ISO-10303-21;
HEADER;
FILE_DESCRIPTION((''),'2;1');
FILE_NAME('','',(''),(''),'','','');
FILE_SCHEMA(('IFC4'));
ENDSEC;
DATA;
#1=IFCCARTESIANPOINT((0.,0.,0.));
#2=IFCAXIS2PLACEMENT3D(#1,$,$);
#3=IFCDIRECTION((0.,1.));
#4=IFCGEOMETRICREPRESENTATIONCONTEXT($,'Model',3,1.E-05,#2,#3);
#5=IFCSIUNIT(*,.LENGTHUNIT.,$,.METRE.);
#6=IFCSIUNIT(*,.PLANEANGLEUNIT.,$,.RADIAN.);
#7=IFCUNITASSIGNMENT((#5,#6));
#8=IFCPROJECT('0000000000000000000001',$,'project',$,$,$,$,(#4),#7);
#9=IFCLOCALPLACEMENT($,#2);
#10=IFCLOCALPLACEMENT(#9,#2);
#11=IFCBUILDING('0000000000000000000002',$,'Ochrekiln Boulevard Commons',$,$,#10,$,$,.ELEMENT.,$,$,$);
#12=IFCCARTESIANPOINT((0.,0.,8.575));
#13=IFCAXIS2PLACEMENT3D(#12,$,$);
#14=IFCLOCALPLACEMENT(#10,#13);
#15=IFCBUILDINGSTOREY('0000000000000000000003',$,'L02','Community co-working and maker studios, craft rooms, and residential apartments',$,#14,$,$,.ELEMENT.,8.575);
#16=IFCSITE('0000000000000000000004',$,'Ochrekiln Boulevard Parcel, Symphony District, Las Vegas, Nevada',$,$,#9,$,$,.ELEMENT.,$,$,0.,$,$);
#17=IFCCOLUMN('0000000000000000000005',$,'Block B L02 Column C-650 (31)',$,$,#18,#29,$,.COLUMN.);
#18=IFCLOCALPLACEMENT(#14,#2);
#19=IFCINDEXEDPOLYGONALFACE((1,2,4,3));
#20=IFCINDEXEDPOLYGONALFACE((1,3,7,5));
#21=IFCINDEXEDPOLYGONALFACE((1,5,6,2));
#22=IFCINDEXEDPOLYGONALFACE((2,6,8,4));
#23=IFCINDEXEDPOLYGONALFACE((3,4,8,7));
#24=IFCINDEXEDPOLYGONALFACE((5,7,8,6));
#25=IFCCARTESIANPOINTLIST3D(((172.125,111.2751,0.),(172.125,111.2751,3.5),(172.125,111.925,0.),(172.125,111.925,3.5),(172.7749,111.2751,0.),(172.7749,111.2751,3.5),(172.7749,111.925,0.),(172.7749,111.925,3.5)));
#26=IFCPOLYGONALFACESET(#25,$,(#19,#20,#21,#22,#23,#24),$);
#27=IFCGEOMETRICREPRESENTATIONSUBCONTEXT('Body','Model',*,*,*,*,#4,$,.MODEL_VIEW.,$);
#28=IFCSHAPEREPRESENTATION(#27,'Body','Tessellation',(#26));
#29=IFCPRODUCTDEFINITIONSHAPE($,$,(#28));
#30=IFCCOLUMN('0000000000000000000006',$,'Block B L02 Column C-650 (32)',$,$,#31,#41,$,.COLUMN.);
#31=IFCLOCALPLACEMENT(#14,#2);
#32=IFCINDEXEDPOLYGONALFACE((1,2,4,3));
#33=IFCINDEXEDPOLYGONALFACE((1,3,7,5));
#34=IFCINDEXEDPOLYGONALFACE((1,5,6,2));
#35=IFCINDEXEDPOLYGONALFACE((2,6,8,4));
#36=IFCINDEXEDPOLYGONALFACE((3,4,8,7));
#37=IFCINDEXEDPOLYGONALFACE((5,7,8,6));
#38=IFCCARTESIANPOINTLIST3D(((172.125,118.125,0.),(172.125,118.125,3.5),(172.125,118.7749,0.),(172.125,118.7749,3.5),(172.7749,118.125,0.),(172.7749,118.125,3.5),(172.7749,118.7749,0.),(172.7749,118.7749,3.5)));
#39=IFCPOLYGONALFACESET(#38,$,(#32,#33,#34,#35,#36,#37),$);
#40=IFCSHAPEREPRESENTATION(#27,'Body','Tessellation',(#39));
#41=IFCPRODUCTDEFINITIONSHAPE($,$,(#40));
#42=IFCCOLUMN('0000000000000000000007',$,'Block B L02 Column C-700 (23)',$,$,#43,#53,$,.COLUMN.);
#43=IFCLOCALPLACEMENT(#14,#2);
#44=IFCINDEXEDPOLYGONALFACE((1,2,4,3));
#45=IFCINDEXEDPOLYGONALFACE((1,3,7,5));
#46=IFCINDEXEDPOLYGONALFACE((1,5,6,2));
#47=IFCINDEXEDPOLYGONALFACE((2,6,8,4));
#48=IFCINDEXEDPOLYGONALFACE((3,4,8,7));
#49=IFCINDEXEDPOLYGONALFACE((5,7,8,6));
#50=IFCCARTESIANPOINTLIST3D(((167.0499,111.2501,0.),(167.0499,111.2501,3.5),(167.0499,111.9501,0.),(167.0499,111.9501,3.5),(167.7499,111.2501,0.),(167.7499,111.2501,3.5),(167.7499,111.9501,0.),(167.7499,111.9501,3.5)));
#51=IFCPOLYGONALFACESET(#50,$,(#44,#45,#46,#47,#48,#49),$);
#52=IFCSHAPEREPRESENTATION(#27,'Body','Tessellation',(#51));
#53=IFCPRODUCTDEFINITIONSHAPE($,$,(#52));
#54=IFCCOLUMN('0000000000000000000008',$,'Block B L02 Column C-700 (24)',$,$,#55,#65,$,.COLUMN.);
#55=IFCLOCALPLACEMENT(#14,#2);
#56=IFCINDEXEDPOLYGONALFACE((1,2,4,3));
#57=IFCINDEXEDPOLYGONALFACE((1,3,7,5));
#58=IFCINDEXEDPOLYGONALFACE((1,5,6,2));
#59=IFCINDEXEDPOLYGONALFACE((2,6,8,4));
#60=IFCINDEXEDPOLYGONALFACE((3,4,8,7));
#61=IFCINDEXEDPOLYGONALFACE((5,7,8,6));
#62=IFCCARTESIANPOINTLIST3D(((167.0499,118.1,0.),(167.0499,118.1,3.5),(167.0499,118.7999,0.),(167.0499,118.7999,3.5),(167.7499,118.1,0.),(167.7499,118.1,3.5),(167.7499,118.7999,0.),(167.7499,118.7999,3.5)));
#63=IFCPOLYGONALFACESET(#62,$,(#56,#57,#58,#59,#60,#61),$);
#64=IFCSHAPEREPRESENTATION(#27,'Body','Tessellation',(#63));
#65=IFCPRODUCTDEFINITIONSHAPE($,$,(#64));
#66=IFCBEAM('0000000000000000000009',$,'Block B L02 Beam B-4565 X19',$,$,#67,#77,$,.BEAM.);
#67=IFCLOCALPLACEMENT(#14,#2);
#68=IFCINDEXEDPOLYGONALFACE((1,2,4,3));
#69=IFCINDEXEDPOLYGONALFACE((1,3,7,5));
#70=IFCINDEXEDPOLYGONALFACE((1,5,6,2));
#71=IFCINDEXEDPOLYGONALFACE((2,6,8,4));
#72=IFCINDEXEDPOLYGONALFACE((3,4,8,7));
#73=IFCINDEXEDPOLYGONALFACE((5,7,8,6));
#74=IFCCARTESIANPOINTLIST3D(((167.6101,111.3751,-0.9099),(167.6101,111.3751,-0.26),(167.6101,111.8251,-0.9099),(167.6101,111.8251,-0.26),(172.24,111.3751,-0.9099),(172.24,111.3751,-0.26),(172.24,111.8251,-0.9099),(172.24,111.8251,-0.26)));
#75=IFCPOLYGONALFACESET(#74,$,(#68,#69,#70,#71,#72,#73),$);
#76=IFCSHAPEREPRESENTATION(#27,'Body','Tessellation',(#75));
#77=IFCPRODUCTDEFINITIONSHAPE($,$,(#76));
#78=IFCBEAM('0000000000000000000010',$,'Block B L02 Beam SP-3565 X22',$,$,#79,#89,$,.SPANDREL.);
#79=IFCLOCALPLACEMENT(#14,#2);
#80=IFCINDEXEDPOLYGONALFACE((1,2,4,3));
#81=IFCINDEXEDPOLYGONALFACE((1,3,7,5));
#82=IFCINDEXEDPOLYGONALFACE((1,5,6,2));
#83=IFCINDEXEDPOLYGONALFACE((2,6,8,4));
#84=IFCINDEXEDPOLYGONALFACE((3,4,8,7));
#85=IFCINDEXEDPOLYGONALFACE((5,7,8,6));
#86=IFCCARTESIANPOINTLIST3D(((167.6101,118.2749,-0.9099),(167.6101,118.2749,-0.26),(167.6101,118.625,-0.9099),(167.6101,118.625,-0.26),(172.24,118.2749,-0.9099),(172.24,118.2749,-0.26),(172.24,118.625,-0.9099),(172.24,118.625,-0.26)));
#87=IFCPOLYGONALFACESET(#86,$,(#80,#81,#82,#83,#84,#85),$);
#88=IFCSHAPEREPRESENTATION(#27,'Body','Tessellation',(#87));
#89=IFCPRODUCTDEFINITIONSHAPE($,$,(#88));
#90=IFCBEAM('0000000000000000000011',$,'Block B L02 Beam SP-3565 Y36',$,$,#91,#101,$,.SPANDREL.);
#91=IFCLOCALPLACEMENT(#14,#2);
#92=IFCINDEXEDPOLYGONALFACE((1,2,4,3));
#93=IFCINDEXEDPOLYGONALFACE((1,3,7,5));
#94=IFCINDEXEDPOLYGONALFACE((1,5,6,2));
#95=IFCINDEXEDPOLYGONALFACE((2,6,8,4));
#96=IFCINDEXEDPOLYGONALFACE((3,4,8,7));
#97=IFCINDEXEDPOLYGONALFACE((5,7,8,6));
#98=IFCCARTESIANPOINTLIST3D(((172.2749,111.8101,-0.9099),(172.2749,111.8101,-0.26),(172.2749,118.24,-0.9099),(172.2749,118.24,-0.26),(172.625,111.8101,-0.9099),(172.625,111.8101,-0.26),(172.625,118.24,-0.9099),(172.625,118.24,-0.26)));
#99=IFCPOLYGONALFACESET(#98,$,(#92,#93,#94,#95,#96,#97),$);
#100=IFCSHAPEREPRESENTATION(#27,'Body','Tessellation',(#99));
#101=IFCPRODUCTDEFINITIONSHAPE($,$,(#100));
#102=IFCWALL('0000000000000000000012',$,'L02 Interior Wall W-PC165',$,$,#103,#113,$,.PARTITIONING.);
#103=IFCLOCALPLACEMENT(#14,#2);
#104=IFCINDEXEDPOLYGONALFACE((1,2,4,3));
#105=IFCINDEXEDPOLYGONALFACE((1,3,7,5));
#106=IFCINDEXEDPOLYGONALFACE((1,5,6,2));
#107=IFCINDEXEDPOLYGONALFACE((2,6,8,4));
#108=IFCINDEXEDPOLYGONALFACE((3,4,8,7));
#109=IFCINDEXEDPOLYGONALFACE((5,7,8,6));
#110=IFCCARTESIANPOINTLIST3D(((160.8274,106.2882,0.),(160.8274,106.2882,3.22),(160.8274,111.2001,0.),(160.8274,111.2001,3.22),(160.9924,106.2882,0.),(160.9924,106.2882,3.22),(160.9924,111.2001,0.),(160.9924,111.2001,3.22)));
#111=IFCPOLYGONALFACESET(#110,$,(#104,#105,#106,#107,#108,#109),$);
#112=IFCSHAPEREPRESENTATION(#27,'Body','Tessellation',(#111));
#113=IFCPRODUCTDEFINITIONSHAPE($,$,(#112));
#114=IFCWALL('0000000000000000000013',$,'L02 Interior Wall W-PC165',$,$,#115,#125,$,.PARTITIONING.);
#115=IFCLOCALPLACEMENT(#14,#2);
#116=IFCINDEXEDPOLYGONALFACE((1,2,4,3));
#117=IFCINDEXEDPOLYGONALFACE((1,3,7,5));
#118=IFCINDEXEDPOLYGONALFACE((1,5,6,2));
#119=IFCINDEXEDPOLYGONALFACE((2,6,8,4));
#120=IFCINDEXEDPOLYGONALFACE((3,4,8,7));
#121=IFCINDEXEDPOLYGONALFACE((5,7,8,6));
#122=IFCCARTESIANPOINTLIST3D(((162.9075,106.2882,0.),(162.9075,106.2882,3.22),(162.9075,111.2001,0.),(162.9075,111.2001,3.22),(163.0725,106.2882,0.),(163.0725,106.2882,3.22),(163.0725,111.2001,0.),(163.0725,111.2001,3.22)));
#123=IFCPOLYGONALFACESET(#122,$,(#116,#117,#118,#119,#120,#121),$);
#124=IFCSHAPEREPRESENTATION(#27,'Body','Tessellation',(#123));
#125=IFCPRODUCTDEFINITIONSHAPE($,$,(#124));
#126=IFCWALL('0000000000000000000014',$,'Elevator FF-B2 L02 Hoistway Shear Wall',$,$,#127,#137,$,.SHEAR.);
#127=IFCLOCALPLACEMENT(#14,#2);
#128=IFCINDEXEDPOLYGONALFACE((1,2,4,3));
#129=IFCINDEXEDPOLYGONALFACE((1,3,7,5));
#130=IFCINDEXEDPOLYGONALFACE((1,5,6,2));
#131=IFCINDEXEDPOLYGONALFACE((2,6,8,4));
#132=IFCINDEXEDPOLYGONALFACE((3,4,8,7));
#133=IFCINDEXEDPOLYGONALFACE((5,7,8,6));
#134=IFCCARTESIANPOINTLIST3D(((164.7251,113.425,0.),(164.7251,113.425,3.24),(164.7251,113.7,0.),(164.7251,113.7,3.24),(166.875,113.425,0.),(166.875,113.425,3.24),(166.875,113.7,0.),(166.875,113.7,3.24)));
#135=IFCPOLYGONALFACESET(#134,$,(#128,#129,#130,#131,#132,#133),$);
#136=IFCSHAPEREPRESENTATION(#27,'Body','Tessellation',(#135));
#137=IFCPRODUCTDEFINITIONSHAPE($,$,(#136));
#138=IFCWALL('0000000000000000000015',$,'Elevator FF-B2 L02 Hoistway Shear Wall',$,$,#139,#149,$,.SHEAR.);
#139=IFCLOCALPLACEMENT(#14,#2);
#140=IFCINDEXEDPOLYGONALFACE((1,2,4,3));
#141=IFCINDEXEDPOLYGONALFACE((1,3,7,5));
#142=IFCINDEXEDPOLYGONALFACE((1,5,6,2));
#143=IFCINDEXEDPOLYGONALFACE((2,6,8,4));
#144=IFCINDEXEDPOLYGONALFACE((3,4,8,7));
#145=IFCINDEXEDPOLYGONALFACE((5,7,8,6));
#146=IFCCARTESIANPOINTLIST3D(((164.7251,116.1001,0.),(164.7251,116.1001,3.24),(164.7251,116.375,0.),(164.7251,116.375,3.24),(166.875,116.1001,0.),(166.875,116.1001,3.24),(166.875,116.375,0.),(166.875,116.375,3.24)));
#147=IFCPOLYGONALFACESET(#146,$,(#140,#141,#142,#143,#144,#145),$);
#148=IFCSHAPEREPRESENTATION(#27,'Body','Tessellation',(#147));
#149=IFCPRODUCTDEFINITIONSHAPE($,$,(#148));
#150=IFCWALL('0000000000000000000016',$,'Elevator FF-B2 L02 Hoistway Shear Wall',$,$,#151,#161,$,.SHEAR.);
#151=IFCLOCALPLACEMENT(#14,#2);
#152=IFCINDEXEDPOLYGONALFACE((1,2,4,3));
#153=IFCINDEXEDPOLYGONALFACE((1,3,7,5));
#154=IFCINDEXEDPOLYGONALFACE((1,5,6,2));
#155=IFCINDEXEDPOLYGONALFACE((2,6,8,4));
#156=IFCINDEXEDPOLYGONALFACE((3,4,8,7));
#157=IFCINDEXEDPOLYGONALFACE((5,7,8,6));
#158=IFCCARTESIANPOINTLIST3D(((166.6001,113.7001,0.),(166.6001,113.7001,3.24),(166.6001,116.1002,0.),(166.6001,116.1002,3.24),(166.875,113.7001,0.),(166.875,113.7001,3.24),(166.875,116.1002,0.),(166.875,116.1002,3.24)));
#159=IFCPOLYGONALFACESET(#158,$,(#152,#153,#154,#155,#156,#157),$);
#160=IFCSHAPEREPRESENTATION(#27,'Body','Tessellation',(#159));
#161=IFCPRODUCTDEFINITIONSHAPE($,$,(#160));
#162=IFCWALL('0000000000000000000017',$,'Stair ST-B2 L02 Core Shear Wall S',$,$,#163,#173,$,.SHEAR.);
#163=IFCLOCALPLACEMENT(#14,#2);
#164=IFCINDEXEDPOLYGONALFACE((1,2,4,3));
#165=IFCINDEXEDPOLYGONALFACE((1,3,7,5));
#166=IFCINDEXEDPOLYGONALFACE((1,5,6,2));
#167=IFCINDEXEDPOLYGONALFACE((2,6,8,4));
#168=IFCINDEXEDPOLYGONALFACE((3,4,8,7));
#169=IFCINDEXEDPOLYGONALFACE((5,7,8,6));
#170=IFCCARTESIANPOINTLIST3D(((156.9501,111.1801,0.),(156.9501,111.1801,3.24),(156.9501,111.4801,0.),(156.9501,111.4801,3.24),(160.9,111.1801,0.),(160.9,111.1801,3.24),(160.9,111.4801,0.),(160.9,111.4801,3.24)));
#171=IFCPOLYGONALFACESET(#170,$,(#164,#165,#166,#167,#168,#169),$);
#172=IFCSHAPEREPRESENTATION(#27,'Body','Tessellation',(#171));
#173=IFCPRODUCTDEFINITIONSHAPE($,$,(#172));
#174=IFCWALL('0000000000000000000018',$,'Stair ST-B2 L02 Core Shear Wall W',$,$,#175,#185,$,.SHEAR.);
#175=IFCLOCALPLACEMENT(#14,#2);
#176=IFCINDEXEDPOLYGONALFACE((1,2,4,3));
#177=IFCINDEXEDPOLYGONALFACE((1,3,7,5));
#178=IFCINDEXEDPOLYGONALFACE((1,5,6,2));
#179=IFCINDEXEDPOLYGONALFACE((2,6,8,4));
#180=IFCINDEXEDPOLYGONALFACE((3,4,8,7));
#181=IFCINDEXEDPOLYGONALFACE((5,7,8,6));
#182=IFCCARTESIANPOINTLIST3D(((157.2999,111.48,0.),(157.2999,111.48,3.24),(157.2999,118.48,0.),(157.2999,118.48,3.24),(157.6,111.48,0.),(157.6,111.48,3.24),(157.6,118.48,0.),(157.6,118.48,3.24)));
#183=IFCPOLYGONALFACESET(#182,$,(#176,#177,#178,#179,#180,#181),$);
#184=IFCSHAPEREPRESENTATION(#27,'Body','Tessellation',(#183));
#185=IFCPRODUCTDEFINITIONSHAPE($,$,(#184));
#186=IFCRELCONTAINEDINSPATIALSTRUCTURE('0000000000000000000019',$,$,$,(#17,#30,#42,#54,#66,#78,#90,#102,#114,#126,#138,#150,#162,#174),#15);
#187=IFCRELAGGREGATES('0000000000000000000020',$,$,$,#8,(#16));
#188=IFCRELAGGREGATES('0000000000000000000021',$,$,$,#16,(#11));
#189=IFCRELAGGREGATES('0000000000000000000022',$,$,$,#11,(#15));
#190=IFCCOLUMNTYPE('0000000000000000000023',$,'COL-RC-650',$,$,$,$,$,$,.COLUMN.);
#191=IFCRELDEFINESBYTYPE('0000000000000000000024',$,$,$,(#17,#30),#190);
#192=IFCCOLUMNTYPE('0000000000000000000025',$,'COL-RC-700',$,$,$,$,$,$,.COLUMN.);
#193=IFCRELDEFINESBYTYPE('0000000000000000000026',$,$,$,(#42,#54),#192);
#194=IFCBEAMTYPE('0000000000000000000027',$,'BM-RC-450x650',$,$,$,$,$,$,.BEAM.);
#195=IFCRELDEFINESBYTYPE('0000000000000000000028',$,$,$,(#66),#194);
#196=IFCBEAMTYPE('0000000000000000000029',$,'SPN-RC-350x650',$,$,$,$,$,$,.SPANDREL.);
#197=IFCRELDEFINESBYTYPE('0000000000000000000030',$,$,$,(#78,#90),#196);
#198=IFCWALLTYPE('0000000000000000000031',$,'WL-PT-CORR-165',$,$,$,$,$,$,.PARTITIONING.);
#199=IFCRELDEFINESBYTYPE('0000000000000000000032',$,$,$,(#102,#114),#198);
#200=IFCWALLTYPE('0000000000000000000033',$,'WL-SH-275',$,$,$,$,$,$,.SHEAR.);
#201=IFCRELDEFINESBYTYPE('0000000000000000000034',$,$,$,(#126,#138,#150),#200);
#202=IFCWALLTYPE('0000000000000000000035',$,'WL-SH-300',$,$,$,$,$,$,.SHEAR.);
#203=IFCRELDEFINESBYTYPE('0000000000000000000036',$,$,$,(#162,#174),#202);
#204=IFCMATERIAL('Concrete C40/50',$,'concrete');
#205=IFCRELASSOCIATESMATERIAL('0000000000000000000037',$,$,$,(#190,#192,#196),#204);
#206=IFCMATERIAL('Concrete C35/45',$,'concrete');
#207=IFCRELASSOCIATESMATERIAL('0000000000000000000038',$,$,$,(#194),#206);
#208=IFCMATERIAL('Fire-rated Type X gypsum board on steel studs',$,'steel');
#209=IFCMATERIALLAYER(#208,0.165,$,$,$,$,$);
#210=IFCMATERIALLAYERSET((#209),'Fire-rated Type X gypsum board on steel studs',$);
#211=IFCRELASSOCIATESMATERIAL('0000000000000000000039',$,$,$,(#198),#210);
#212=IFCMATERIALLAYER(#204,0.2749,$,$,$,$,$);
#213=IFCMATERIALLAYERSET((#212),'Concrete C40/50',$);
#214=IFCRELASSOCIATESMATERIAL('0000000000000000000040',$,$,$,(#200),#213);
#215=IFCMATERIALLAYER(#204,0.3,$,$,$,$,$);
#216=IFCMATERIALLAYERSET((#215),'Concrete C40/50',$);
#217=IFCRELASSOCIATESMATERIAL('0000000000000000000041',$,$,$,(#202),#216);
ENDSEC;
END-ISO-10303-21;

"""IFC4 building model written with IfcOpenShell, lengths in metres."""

from ifc_helpers import new_model, si_unit, direction, frame, frame_2d, origin, origin_2d, place, context, subcontext, project, spatial, rectangle, extrude, material, layer, layer_set, material_profile, profile_set, type_object, element, save


model = new_model("IFC4")

# Units and contexts
model_context = context("Model", 3, precision=1e-05, world=origin(), true_north=direction((0.0, 1.0)))
body_context = subcontext(model_context, "Body", "Model", "MODEL_VIEW")
ifc_project = project(units=[si_unit("LENGTHUNIT", "METRE"), si_unit("PLANEANGLEUNIT", "RADIAN")], contexts=[model_context])

# Site, building, storey
site_placement = place(None, origin())
site = spatial("IfcSite", under=ifc_project, at=site_placement, Name="Ochrekiln Boulevard Parcel, Symphony District, Las Vegas, Nevada", CompositionType="ELEMENT", RefElevation=0.0)
building_placement = place(site_placement, origin())
building = spatial("IfcBuilding", under=site, at=building_placement, Name="Ochrekiln Boulevard Commons", CompositionType="ELEMENT")
storey_placement = place(building_placement, frame((0.0, 0.0, 8.575)))
storey = spatial("IfcBuildingStorey", under=building, at=storey_placement, Name="L02", Description="Community co-working and maker studios, craft rooms, and residential apartments", CompositionType="ELEMENT", Elevation=8.575)

# Columns
ifc_material_1 = material(Name="Concrete C40/50", Category="concrete")
ifc_material_profile_1 = material_profile(ifc_material_1, rectangle(XDim=0.6499, YDim=0.6499, at=origin_2d()), Name="RC-COL-650x650")
ifc_profile_set_1 = profile_set([ifc_material_profile_1], Name="Concrete C40/50")
column_type_1 = type_object("IfcColumnType", Name="COL-RC-650", PredefinedType="COLUMN", material=ifc_profile_set_1)
for number, where, z_axis, x_axis, name in (
    (1, (172.45, 111.6001, 0.0), (0.0, 0.0, 1.0), (1.0, 0.0, 0.0), "Block B L02 Column C-650 (31)"),
    (2, (172.45, 118.45, 0.0), (0.0, 0.0, 1.0), (1.0, 0.0, 0.0), "Block B L02 Column C-650 (32)"),
):
    element("IfcColumn", number, at=place(storey_placement, frame(where, z_axis=z_axis, x_axis=x_axis)), inside=storey, type_object=column_type_1, Name=name, PredefinedType="COLUMN", context=body_context, shape_type="SweptSolid", body=[
        extrude(rectangle(XDim=0.6499, YDim=0.6499, at=origin_2d()), origin(), (0.0, 0.0, 1.0), 3.5),
    ])
ifc_material_profile_2 = material_profile(ifc_material_1, rectangle(XDim=0.7, YDim=0.7, at=origin_2d()), Name="RC-COL-700x700")
ifc_profile_set_2 = profile_set([ifc_material_profile_2], Name="Concrete C40/50")
column_type_2 = type_object("IfcColumnType", Name="COL-RC-700", PredefinedType="COLUMN", material=ifc_profile_set_2)
for number, where, z_axis, x_axis, name in (
    (3, (167.3999, 111.6001, 0.0), (0.0, 0.0, 1.0), (1.0, 0.0, 0.0), "Block B L02 Column C-700 (23)"),
    (4, (167.3999, 118.45, 0.0), (0.0, 0.0, 1.0), (1.0, 0.0, 0.0), "Block B L02 Column C-700 (24)"),
):
    element("IfcColumn", number, at=place(storey_placement, frame(where, z_axis=z_axis, x_axis=x_axis)), inside=storey, type_object=column_type_2, Name=name, PredefinedType="COLUMN", context=body_context, shape_type="SweptSolid", body=[
        extrude(rectangle(XDim=0.7, YDim=0.7, at=origin_2d()), origin(), (0.0, 0.0, 1.0), 3.5),
    ])

# Beams
ifc_material_2 = material(Name="Concrete C35/45", Category="concrete")
ifc_material_profile_3 = material_profile(ifc_material_2, rectangle(XDim=0.45, YDim=0.6499, at=origin_2d()), Name="RC-BM-450x650")
ifc_profile_set_3 = profile_set([ifc_material_profile_3], Name="Concrete C35/45")
beam_type_1 = type_object("IfcBeamType", Name="BM-RC-450x650", PredefinedType="BEAM", material=ifc_profile_set_3)
beam_1_placement = place(storey_placement, frame((167.6101, 111.6001, -0.585), z_axis=(1.0, 0.0, 0.0), x_axis=(0.0, 1.0, 0.0)))
element("IfcBeam", 5, at=beam_1_placement, inside=storey, type_object=beam_type_1, Name="Block B L02 Beam B-4565 X19", PredefinedType="BEAM", context=body_context, shape_type="SweptSolid", body=[
    extrude(rectangle(XDim=0.45, YDim=0.6499, at=origin_2d()), origin(), (0.0, 0.0, 1.0), 4.6299),
])
ifc_material_profile_4 = material_profile(ifc_material_1, rectangle(XDim=0.3501, YDim=0.6499, at=origin_2d()), Name="RC-SPN-350x650")
ifc_profile_set_4 = profile_set([ifc_material_profile_4], Name="Concrete C40/50")
beam_type_2 = type_object("IfcBeamType", Name="SPN-RC-350x650", PredefinedType="SPANDREL", material=ifc_profile_set_4)
beam_2_placement = place(storey_placement, frame((167.6101, 118.45, -0.585), z_axis=(1.0, 0.0, 0.0), x_axis=(0.0, 1.0, 0.0)))
element("IfcBeam", 6, at=beam_2_placement, inside=storey, type_object=beam_type_2, Name="Block B L02 Beam SP-3565 X22", PredefinedType="SPANDREL", context=body_context, shape_type="SweptSolid", body=[
    extrude(rectangle(XDim=0.3501, YDim=0.6499, at=origin_2d()), origin(), (0.0, 0.0, 1.0), 4.6299),
])
beam_3_placement = place(storey_placement, frame((172.45, 111.8101, -0.585), z_axis=(0.0, 1.0, 0.0), x_axis=(-1.0, 0.0, 0.0)))
element("IfcBeam", 7, at=beam_3_placement, inside=storey, type_object=beam_type_2, Name="Block B L02 Beam SP-3565 Y36", PredefinedType="SPANDREL", context=body_context, shape_type="SweptSolid", body=[
    extrude(rectangle(XDim=0.3501, YDim=0.6499, at=origin_2d()), origin(), (0.0, 0.0, 1.0), 6.4299),
])

# Walls
ifc_material_3 = material(Name="Fire-rated Type X gypsum board on steel studs", Category="steel")
ifc_layer_1 = layer(ifc_material_3, 0.165)
ifc_layer_set_1 = layer_set([ifc_layer_1], Name="Fire-rated Type X gypsum board on steel studs")
wall_type_1 = type_object("IfcWallType", Name="WL-PT-CORR-165", PredefinedType="PARTITIONING", material=ifc_layer_set_1)
for number, where, z_axis, x_axis, name in (
    (8, (160.9099, 106.2881, 0.0), (0.0, 0.0, 1.0), (0.0, 1.0, 0.0), "L02 Interior Wall W-PC165"),
    (9, (162.99, 106.2881, 0.0), (0.0, 0.0, 1.0), (0.0, 1.0, 0.0), "L02 Interior Wall W-PC165"),
):
    element("IfcWall", number, at=place(storey_placement, frame(where, z_axis=z_axis, x_axis=x_axis)), inside=storey, type_object=wall_type_1, Name=name, PredefinedType="PARTITIONING", context=body_context, shape_type="SweptSolid", body=[
        extrude(rectangle(XDim=4.9119, YDim=0.165, at=frame_2d((2.4561, 0.0))), origin(), (0.0, 0.0, 1.0), 3.22),
    ])

# Walls
ifc_layer_2 = layer(ifc_material_1, 0.2749)
ifc_layer_set_2 = layer_set([ifc_layer_2], Name="Concrete C40/50")
wall_type_2 = type_object("IfcWallType", Name="WL-SH-275", PredefinedType="SHEAR", material=ifc_layer_set_2)
for number, where, z_axis, x_axis, name in (
    (10, (164.7251, 113.5625, 0.0), (0.0, 0.0, 1.0), (1.0, 0.0, 0.0), "Elevator FF-B2 L02 Hoistway Shear Wall"),
    (11, (164.7251, 116.2375, 0.0), (0.0, 0.0, 1.0), (1.0, 0.0, 0.0), "Elevator FF-B2 L02 Hoistway Shear Wall"),
):
    element("IfcWall", number, at=place(storey_placement, frame(where, z_axis=z_axis, x_axis=x_axis)), inside=storey, type_object=wall_type_2, Name=name, PredefinedType="SHEAR", context=body_context, shape_type="SweptSolid", body=[
        extrude(rectangle(XDim=2.1499, YDim=0.2749, at=frame_2d((1.075, 0.0))), origin(), (0.0, 0.0, 1.0), 3.24),
    ])

# Walls
wall_1_placement = place(storey_placement, frame((166.7375, 113.7, 0.0), z_axis=(0.0, 0.0, 1.0), x_axis=(0.0, 1.0, 0.0)))
element("IfcWall", 12, at=wall_1_placement, inside=storey, type_object=wall_type_2, Name="Elevator FF-B2 L02 Hoistway Shear Wall", PredefinedType="SHEAR", context=body_context, shape_type="SweptSolid", body=[
    extrude(rectangle(XDim=2.4001, YDim=0.2749, at=frame_2d((1.2002, 0.0))), origin(), (0.0, 0.0, 1.0), 3.24),
])
ifc_layer_3 = layer(ifc_material_1, 0.3)
ifc_layer_set_3 = layer_set([ifc_layer_3], Name="Concrete C40/50")
wall_type_3 = type_object("IfcWallType", Name="WL-SH-300", PredefinedType="SHEAR", material=ifc_layer_set_3)
wall_2_placement = place(storey_placement, frame((156.95, 111.3301, 0.0), z_axis=(0.0, 0.0, 1.0), x_axis=(1.0, 0.0, 0.0)))
element("IfcWall", 13, at=wall_2_placement, inside=storey, type_object=wall_type_3, Name="Stair ST-B2 L02 Core Shear Wall S", PredefinedType="SHEAR", context=body_context, shape_type="SweptSolid", body=[
    extrude(rectangle(XDim=3.95, YDim=0.3, at=frame_2d((1.9751, 0.0))), origin(), (0.0, 0.0, 1.0), 3.24),
])
wall_3_placement = place(storey_placement, frame((157.45, 111.48, 0.0), z_axis=(0.0, 0.0, 1.0), x_axis=(0.0, 1.0, 0.0)))
element("IfcWall", 14, at=wall_3_placement, inside=storey, type_object=wall_type_3, Name="Stair ST-B2 L02 Core Shear Wall W", PredefinedType="SHEAR", context=body_context, shape_type="SweptSolid", body=[
    extrude(rectangle(XDim=7.0, YDim=0.3, at=frame_2d((3.5, 0.0))), origin(), (0.0, 0.0, 1.0), 3.24),
])

save(model, "model.ifc")
